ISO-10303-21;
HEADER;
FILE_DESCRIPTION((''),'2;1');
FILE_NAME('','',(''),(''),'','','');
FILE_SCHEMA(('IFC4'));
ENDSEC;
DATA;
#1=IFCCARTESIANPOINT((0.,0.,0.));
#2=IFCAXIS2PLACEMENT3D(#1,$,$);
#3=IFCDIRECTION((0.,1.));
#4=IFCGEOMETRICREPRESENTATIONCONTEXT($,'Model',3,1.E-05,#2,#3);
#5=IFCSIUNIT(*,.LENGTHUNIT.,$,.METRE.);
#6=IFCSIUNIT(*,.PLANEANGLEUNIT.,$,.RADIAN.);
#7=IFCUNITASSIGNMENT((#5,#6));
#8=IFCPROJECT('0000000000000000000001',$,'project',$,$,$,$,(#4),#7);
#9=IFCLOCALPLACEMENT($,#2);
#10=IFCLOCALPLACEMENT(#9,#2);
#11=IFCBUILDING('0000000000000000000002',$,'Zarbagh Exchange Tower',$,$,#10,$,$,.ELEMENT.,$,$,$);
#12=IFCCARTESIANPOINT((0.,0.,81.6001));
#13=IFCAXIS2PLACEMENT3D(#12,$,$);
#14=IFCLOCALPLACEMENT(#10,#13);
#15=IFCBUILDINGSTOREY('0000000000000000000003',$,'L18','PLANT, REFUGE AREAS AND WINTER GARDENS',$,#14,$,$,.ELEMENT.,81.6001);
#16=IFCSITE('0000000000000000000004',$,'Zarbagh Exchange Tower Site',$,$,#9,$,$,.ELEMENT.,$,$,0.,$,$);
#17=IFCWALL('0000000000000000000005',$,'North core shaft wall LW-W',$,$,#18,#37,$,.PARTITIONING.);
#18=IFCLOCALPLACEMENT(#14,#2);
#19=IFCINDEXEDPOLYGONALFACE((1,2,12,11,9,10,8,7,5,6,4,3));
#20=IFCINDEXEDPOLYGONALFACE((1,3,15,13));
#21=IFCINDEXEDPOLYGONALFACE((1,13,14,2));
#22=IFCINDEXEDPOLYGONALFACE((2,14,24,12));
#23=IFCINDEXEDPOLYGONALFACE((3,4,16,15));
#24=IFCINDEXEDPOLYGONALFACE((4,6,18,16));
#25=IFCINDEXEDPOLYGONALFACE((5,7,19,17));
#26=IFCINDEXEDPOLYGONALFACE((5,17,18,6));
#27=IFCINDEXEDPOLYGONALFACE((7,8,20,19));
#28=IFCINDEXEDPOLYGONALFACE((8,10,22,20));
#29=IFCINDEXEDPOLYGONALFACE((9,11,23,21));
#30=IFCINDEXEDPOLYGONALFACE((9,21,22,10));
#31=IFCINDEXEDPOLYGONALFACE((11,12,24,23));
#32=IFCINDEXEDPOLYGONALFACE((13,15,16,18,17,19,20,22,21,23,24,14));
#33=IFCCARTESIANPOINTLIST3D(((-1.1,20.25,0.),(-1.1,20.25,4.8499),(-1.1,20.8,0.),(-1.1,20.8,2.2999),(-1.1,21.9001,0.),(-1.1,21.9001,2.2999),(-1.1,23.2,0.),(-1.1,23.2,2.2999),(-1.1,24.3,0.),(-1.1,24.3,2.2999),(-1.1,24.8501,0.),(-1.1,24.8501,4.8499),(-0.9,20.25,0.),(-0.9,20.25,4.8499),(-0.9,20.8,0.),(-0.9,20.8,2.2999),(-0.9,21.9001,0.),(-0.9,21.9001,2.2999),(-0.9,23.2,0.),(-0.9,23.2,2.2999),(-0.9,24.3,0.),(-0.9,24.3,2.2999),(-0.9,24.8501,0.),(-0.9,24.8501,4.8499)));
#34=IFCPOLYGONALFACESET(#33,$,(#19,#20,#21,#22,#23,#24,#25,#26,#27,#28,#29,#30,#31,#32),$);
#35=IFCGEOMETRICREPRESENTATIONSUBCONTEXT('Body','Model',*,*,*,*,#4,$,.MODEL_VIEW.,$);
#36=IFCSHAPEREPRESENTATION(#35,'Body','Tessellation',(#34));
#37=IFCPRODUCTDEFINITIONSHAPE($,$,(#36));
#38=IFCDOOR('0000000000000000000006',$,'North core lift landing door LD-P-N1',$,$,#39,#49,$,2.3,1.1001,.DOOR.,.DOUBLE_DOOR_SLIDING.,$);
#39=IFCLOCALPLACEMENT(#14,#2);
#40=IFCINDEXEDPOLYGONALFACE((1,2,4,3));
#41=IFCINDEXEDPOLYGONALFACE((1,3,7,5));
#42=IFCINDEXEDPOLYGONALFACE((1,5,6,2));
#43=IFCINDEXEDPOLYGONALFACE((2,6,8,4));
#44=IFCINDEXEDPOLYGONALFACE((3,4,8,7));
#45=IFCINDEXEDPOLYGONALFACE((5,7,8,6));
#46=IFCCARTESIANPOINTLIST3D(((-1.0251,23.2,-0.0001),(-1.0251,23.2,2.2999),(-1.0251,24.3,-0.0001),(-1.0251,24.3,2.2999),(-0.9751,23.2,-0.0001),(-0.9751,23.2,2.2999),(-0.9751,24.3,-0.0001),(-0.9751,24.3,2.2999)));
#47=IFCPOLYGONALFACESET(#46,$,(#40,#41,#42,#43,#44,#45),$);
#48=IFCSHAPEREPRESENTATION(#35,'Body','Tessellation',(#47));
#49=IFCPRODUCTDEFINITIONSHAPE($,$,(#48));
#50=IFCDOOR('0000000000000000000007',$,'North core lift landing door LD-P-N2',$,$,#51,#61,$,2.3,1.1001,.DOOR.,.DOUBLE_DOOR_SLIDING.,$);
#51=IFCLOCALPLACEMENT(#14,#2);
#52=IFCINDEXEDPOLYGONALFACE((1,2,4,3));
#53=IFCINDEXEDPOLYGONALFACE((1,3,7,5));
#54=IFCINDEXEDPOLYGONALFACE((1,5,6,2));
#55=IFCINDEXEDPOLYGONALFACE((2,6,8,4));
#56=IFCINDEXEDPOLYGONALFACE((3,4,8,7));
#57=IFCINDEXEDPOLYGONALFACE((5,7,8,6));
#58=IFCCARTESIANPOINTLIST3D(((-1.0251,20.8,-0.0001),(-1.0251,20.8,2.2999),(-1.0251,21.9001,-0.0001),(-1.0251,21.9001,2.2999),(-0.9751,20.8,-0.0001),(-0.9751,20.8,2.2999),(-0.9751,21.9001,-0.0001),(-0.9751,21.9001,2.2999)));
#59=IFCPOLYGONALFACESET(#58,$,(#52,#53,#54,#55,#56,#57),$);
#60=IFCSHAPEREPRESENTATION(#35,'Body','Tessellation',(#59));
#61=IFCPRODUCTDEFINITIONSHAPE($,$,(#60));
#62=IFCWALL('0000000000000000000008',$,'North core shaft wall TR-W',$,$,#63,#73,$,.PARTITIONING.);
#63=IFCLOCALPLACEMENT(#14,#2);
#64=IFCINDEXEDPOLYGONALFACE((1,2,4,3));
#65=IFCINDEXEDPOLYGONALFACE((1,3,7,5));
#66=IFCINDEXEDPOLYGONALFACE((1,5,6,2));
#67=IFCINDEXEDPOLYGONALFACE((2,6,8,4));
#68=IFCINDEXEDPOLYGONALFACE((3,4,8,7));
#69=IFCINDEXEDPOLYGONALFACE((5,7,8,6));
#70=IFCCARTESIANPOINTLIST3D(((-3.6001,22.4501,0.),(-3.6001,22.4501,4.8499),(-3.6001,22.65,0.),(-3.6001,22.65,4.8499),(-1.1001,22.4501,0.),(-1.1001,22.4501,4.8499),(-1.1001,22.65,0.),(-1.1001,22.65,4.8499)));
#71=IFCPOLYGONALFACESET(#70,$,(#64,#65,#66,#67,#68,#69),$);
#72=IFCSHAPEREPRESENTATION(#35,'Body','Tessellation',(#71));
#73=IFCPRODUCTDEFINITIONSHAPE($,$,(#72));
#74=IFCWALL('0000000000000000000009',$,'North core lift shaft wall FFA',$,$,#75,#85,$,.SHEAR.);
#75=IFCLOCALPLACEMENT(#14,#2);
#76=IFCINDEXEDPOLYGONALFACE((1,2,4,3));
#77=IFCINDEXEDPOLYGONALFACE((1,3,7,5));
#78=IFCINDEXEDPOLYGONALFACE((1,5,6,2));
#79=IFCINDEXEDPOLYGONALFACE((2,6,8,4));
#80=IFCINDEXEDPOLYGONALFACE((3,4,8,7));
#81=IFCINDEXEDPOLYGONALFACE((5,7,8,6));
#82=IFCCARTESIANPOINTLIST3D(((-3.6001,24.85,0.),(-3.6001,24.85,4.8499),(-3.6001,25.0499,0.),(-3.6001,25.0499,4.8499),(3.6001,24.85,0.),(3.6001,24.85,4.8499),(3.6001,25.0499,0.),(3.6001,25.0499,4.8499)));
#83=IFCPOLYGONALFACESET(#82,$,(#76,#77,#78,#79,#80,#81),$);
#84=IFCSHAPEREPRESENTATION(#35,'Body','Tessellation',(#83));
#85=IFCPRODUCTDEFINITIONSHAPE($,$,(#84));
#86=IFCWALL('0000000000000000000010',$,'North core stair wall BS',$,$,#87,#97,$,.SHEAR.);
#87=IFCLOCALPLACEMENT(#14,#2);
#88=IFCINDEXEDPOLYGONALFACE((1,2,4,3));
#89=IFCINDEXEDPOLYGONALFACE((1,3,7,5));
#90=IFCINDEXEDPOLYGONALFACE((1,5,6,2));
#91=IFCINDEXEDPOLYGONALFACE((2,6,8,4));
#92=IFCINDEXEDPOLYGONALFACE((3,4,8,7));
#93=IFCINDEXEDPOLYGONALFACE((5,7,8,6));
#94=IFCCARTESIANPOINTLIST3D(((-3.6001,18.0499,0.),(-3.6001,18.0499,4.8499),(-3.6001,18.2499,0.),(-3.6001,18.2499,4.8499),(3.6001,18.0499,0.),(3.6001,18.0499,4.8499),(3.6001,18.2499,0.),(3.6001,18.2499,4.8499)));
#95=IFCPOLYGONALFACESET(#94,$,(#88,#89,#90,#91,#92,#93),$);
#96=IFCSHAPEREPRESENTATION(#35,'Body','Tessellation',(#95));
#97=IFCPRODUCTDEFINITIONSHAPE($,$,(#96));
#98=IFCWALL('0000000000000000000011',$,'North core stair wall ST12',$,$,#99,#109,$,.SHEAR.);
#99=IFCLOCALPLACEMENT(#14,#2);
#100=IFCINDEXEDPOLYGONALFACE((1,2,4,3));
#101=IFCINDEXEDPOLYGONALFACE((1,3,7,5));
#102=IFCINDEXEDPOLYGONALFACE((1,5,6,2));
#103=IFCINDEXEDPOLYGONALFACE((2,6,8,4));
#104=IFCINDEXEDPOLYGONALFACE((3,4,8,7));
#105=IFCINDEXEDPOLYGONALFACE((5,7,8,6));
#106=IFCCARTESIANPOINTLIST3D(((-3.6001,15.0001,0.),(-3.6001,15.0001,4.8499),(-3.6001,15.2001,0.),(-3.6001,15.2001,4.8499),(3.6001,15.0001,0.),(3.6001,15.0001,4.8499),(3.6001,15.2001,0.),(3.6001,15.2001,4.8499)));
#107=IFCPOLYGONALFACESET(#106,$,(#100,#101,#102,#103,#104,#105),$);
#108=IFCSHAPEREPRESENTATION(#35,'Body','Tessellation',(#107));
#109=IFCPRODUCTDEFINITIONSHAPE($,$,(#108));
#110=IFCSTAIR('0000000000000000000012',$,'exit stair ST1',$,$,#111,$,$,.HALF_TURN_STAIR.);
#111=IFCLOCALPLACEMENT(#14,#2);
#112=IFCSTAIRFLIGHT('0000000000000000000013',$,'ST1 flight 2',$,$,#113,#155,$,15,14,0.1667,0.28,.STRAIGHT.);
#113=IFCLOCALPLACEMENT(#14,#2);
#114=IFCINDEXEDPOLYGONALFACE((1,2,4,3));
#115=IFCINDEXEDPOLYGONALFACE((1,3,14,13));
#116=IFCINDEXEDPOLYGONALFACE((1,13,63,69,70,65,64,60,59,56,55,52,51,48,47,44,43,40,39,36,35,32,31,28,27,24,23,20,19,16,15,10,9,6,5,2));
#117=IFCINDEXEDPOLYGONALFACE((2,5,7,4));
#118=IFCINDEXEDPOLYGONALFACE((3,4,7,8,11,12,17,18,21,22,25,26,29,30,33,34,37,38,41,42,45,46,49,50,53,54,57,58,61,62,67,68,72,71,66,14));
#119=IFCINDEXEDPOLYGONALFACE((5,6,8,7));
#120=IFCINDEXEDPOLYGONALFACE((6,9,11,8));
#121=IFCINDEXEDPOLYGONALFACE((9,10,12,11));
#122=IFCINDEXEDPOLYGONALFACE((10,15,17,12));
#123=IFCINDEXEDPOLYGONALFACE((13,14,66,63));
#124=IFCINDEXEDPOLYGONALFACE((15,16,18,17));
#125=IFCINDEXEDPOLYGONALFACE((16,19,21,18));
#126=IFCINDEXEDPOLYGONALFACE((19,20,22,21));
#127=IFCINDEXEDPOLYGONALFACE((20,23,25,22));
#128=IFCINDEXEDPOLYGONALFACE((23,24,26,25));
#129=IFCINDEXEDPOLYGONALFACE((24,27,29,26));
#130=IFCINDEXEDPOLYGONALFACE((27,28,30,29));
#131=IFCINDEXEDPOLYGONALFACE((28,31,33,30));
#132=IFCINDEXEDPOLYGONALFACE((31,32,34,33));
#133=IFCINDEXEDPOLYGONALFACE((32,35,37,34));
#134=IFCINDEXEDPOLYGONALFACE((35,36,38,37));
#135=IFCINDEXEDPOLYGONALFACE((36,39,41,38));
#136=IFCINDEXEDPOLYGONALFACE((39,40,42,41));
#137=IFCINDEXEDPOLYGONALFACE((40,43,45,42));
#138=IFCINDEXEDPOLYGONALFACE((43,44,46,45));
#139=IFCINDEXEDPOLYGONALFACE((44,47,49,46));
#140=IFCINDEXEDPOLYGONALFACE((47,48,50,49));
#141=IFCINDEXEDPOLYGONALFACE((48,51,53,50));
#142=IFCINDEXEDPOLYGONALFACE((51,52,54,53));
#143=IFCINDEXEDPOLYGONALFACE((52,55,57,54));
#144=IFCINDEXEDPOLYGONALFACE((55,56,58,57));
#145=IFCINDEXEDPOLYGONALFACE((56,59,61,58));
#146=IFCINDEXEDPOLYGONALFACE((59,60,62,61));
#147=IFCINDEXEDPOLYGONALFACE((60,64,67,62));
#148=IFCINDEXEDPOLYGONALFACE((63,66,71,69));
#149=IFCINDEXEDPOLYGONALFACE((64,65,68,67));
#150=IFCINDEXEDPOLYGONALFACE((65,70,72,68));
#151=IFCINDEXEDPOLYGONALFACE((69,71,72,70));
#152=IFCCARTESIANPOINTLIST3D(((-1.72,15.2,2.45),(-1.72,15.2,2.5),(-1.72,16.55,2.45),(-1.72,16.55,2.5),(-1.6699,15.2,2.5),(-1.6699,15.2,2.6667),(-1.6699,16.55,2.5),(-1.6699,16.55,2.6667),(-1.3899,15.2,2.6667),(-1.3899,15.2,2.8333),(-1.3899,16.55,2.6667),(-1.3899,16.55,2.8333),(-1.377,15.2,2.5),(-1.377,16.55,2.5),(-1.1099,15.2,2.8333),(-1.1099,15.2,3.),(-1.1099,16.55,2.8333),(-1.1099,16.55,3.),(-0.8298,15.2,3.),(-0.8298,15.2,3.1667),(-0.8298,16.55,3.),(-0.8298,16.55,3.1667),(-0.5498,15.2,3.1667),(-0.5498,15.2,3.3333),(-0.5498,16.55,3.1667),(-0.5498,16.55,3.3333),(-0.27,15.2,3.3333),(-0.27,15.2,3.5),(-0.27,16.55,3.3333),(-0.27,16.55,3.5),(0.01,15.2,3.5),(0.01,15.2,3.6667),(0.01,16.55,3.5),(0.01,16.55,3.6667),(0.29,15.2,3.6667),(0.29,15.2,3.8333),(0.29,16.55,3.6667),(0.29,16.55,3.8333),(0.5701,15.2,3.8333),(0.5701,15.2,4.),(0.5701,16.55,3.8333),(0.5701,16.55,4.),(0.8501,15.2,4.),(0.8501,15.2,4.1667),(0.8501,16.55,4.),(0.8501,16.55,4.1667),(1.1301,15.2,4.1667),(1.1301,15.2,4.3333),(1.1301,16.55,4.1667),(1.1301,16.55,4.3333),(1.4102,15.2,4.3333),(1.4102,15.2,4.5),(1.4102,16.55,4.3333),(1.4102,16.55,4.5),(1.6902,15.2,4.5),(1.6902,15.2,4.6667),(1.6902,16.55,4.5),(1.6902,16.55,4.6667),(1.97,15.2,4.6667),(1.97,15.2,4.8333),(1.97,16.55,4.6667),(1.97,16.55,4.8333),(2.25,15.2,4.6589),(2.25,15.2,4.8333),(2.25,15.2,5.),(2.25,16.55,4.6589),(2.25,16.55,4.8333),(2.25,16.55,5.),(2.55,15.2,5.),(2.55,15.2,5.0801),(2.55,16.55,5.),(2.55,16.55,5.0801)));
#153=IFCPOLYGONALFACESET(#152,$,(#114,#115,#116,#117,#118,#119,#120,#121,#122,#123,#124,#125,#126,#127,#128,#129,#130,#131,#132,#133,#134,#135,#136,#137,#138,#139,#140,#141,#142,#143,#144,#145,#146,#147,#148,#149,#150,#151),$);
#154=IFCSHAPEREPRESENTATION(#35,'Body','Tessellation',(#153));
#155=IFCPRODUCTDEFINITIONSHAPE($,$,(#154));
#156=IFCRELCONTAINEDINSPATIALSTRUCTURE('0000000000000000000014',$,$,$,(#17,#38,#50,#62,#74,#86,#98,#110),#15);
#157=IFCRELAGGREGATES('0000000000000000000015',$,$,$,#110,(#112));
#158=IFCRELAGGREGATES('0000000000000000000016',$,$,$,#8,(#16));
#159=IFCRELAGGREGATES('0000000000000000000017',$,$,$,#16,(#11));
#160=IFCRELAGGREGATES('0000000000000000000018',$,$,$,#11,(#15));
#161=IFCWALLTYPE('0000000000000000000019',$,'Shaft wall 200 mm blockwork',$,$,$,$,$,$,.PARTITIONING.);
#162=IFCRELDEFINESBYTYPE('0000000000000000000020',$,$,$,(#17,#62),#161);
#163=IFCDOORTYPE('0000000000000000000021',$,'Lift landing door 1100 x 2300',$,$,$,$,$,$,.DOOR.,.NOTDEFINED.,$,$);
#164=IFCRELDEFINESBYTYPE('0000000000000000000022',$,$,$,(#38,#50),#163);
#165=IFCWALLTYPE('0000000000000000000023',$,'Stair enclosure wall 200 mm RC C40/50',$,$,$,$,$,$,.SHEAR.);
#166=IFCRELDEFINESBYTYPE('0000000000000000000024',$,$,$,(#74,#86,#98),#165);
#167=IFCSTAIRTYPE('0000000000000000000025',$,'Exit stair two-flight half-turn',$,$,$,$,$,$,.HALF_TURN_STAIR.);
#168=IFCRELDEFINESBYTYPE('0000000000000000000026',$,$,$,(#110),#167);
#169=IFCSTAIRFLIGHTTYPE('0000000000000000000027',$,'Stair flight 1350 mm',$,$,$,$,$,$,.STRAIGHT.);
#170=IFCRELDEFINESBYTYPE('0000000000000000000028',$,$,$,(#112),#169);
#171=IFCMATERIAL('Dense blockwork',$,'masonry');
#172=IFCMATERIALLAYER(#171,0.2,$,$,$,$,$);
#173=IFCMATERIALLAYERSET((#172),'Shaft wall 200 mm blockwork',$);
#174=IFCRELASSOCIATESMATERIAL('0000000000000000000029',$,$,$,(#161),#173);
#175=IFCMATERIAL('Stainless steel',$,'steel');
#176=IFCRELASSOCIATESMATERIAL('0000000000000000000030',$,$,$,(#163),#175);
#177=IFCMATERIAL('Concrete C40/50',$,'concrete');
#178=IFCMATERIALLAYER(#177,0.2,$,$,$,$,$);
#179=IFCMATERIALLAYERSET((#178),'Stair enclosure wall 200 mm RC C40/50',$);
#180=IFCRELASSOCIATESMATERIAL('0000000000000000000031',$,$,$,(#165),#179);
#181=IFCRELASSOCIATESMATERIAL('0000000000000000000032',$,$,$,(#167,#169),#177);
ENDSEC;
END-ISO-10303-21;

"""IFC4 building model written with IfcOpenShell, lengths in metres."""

from ifc_helpers import new_model, si_unit, direction, frame, frame_2d, origin, place, context, subcontext, project, spatial, polyline, rectangle, outline, extrude, material, layer, layer_set, type_object, element, fill, aggregate, save


model = new_model("IFC4")

# Units and contexts
model_context = context("Model", 3, precision=1e-05, world=origin(), true_north=direction((0.0, 1.0)))
body_context = subcontext(model_context, "Body", "Model", "MODEL_VIEW")
ifc_project = project(units=[si_unit("LENGTHUNIT", "METRE"), si_unit("PLANEANGLEUNIT", "RADIAN")], contexts=[model_context])

# Site, building, storey
site_placement = place(None, origin())
site = spatial("IfcSite", under=ifc_project, at=site_placement, Name="Zarbagh Exchange Tower Site", CompositionType="ELEMENT", RefElevation=0.0)
building_placement = place(site_placement, origin())
building = spatial("IfcBuilding", under=site, at=building_placement, Name="Zarbagh Exchange Tower", CompositionType="ELEMENT")
storey_placement = place(building_placement, frame((0.0, 0.0, 81.6001)))
storey = spatial("IfcBuildingStorey", under=building, at=storey_placement, Name="L18", Description="PLANT, REFUGE AREAS AND WINTER GARDENS", CompositionType="ELEMENT", Elevation=81.6001)

# Shared definitions
ifc_material_1 = material(Name="Dense blockwork", Category="masonry")
ifc_layer_1 = layer(ifc_material_1, 0.2)
ifc_layer_set_1 = layer_set([ifc_layer_1], Name="Shaft wall 200 mm blockwork")
wall_type_1 = type_object("IfcWallType", Name="Shaft wall 200 mm blockwork", PredefinedType="PARTITIONING", material=ifc_layer_set_1)

# Wall, openings, doors
wall_1_placement = place(storey_placement, frame((-1.0, 24.8501, 0.0), z_axis=(0.0, 0.0, 1.0), x_axis=(0.0, -1.0, 0.0)))
wall_1 = element("IfcWall", 1, at=wall_1_placement, inside=storey, type_object=wall_type_1, Name="North core shaft wall LW-W", PredefinedType="PARTITIONING", context=body_context, shape_type="SweptSolid", body=[
    extrude(rectangle(XDim=4.6001, YDim=0.2, at=frame_2d((2.3, 0.0))), origin(), (0.0, 0.0, 1.0), 4.8499),
])
opening_1_placement = place(wall_1_placement, frame((0.55, 0.0, 0.0)))
opening_1 = element("IfcOpeningElement", 2, at=opening_1_placement, cuts=wall_1, PredefinedType="OPENING", context=body_context, shape_type="SweptSolid", body=[
    extrude(rectangle(XDim=1.1001, YDim=2.3, at=frame_2d((0.55, 1.1499))), frame((0.0, 0.1099, 0.0), z_axis=(0.0, -1.0, 0.0), x_axis=(1.0, 0.0, 0.0)), (0.0, 0.0, 1.0), 0.22),
])
opening_2_placement = place(wall_1_placement, frame((2.95, 0.0, 0.0)))
opening_2 = element("IfcOpeningElement", 3, at=opening_2_placement, cuts=wall_1, PredefinedType="OPENING", context=body_context, shape_type="SweptSolid", body=[
    extrude(rectangle(XDim=1.1001, YDim=2.3, at=frame_2d((0.55, 1.1499))), frame((0.0, 0.1099, 0.0), z_axis=(0.0, -1.0, 0.0), x_axis=(1.0, 0.0, 0.0)), (0.0, 0.0, 1.0), 0.22),
])
ifc_material_2 = material(Name="Stainless steel", Category="steel")
door_type = type_object("IfcDoorType", Name="Lift landing door 1100 x 2300", OperationType="NOTDEFINED", PredefinedType="DOOR", material=ifc_material_2)
door_1_placement = place(opening_1_placement, origin())
door_1 = element("IfcDoor", 4, at=door_1_placement, inside=storey, type_object=door_type, Name="North core lift landing door LD-P-N1", OperationType="DOUBLE_DOOR_SLIDING", OverallHeight=2.3, OverallWidth=1.1001, PredefinedType="DOOR", context=body_context, shape_type="SweptSolid", body=[
    extrude(rectangle(XDim=1.1001, YDim=2.3, at=frame_2d((0.55, 1.1499))), frame((0.0, 0.0249, 0.0), z_axis=(0.0, -1.0, 0.0), x_axis=(1.0, 0.0, 0.0)), (0.0, 0.0, 1.0), 0.05),
])
fill(opening_1, door_1)
door_2_placement = place(opening_2_placement, origin())
door_2 = element("IfcDoor", 5, at=door_2_placement, inside=storey, type_object=door_type, Name="North core lift landing door LD-P-N2", OperationType="DOUBLE_DOOR_SLIDING", OverallHeight=2.3, OverallWidth=1.1001, PredefinedType="DOOR", context=body_context, shape_type="SweptSolid", body=[
    extrude(rectangle(XDim=1.1001, YDim=2.3, at=frame_2d((0.55, 1.1499))), frame((0.0, 0.0249, 0.0), z_axis=(0.0, -1.0, 0.0), x_axis=(1.0, 0.0, 0.0)), (0.0, 0.0, 1.0), 0.05),
])
fill(opening_2, door_2)

# Walls
wall_2_placement = place(storey_placement, frame((-3.6001, 22.55, 0.0), z_axis=(0.0, 0.0, 1.0), x_axis=(1.0, 0.0, 0.0)))
element("IfcWall", 6, at=wall_2_placement, inside=storey, type_object=wall_type_1, Name="North core shaft wall TR-W", PredefinedType="PARTITIONING", context=body_context, shape_type="SweptSolid", body=[
    extrude(rectangle(XDim=2.5, YDim=0.2, at=frame_2d((1.25, 0.0))), origin(), (0.0, 0.0, 1.0), 4.8499),
])
ifc_material_3 = material(Name="Concrete C40/50", Category="concrete")
ifc_layer_2 = layer(ifc_material_3, 0.2)
ifc_layer_set_2 = layer_set([ifc_layer_2], Name="Stair enclosure wall 200 mm RC C40/50")
wall_type_2 = type_object("IfcWallType", Name="Stair enclosure wall 200 mm RC C40/50", PredefinedType="SHEAR", material=ifc_layer_set_2)
for number, where, z_axis, x_axis, name in (
    (7, (-3.6001, 24.95, 0.0), (0.0, 0.0, 1.0), (1.0, 0.0, 0.0), "North core lift shaft wall FFA"),
    (8, (-3.6001, 18.1499, 0.0), (0.0, 0.0, 1.0), (1.0, 0.0, 0.0), "North core stair wall BS"),
    (9, (-3.6001, 15.1001, 0.0), (0.0, 0.0, 1.0), (1.0, 0.0, 0.0), "North core stair wall ST12"),
):
    element("IfcWall", number, at=place(storey_placement, frame(where, z_axis=z_axis, x_axis=x_axis)), inside=storey, type_object=wall_type_2, Name=name, PredefinedType="SHEAR", context=body_context, shape_type="SweptSolid", body=[
        extrude(rectangle(XDim=7.2002, YDim=0.2, at=frame_2d((3.6001, 0.0))), origin(), (0.0, 0.0, 1.0), 4.8499),
    ])

# Stair, stair flight
stair_type = type_object("IfcStairType", Name="Exit stair two-flight half-turn", PredefinedType="HALF_TURN_STAIR", material=ifc_material_3)
stair_placement = place(storey_placement, origin())
stair = element("IfcStair", 10, at=stair_placement, inside=storey, type_object=stair_type, Name="exit stair ST1", PredefinedType="HALF_TURN_STAIR")
stair_flight_type = type_object("IfcStairFlightType", Name="Stair flight 1350 mm", PredefinedType="STRAIGHT", material=ifc_material_3)
stair_flight_placement = place(storey_placement, frame((-1.6699, 15.875, 2.5), z_axis=(0.0, 0.0, 1.0), x_axis=(1.0, 0.0, 0.0)))
stair_flight = element("IfcStairFlight", 11, at=stair_flight_placement, type_object=stair_flight_type, Name="ST1 flight 2", NumberOfRisers=15, NumberOfTreads=14, PredefinedType="STRAIGHT", RiserHeight=0.1667, TreadLength=0.28, context=body_context, shape_type="SweptSolid", body=[
    extrude(outline(polyline([(-0.05, -0.05), (-0.05, 0.0), (0.0, 0.0), (0.0, 0.1667), (0.28, 0.1667), (0.28, 0.3333), (0.5601, 0.3333), (0.5601, 0.5), (0.8401, 0.5), (0.8401, 0.6667), (1.1201, 0.6667), (1.1201, 0.8333), (1.3999, 0.8333), (1.3999, 1.0), (1.6799, 1.0), (1.6799, 1.1667), (1.96, 1.1667), (1.96, 1.3333), (2.24, 1.3333), (2.24, 1.5), (2.52, 1.5), (2.52, 1.6667), (2.8, 1.6667), (2.8, 1.8333), (3.0801, 1.8333), (3.0801, 2.0), (3.3601, 2.0), (3.3601, 2.1667), (3.6399, 2.1667), (3.6399, 2.3333), (3.9199, 2.3333), (3.9199, 2.5), (4.22, 2.5801), (4.22, 2.5), (3.9199, 2.1589), (0.293, 0.0), (-0.05, -0.05)])), frame((0.0, 0.675, 0.0), z_axis=(0.0, -1.0, 0.0), x_axis=(1.0, 0.0, 0.0)), (0.0, 0.0, 1.0), 1.3501),
])
aggregate(stair, [stair_flight])

save(model, "model.ifc")
